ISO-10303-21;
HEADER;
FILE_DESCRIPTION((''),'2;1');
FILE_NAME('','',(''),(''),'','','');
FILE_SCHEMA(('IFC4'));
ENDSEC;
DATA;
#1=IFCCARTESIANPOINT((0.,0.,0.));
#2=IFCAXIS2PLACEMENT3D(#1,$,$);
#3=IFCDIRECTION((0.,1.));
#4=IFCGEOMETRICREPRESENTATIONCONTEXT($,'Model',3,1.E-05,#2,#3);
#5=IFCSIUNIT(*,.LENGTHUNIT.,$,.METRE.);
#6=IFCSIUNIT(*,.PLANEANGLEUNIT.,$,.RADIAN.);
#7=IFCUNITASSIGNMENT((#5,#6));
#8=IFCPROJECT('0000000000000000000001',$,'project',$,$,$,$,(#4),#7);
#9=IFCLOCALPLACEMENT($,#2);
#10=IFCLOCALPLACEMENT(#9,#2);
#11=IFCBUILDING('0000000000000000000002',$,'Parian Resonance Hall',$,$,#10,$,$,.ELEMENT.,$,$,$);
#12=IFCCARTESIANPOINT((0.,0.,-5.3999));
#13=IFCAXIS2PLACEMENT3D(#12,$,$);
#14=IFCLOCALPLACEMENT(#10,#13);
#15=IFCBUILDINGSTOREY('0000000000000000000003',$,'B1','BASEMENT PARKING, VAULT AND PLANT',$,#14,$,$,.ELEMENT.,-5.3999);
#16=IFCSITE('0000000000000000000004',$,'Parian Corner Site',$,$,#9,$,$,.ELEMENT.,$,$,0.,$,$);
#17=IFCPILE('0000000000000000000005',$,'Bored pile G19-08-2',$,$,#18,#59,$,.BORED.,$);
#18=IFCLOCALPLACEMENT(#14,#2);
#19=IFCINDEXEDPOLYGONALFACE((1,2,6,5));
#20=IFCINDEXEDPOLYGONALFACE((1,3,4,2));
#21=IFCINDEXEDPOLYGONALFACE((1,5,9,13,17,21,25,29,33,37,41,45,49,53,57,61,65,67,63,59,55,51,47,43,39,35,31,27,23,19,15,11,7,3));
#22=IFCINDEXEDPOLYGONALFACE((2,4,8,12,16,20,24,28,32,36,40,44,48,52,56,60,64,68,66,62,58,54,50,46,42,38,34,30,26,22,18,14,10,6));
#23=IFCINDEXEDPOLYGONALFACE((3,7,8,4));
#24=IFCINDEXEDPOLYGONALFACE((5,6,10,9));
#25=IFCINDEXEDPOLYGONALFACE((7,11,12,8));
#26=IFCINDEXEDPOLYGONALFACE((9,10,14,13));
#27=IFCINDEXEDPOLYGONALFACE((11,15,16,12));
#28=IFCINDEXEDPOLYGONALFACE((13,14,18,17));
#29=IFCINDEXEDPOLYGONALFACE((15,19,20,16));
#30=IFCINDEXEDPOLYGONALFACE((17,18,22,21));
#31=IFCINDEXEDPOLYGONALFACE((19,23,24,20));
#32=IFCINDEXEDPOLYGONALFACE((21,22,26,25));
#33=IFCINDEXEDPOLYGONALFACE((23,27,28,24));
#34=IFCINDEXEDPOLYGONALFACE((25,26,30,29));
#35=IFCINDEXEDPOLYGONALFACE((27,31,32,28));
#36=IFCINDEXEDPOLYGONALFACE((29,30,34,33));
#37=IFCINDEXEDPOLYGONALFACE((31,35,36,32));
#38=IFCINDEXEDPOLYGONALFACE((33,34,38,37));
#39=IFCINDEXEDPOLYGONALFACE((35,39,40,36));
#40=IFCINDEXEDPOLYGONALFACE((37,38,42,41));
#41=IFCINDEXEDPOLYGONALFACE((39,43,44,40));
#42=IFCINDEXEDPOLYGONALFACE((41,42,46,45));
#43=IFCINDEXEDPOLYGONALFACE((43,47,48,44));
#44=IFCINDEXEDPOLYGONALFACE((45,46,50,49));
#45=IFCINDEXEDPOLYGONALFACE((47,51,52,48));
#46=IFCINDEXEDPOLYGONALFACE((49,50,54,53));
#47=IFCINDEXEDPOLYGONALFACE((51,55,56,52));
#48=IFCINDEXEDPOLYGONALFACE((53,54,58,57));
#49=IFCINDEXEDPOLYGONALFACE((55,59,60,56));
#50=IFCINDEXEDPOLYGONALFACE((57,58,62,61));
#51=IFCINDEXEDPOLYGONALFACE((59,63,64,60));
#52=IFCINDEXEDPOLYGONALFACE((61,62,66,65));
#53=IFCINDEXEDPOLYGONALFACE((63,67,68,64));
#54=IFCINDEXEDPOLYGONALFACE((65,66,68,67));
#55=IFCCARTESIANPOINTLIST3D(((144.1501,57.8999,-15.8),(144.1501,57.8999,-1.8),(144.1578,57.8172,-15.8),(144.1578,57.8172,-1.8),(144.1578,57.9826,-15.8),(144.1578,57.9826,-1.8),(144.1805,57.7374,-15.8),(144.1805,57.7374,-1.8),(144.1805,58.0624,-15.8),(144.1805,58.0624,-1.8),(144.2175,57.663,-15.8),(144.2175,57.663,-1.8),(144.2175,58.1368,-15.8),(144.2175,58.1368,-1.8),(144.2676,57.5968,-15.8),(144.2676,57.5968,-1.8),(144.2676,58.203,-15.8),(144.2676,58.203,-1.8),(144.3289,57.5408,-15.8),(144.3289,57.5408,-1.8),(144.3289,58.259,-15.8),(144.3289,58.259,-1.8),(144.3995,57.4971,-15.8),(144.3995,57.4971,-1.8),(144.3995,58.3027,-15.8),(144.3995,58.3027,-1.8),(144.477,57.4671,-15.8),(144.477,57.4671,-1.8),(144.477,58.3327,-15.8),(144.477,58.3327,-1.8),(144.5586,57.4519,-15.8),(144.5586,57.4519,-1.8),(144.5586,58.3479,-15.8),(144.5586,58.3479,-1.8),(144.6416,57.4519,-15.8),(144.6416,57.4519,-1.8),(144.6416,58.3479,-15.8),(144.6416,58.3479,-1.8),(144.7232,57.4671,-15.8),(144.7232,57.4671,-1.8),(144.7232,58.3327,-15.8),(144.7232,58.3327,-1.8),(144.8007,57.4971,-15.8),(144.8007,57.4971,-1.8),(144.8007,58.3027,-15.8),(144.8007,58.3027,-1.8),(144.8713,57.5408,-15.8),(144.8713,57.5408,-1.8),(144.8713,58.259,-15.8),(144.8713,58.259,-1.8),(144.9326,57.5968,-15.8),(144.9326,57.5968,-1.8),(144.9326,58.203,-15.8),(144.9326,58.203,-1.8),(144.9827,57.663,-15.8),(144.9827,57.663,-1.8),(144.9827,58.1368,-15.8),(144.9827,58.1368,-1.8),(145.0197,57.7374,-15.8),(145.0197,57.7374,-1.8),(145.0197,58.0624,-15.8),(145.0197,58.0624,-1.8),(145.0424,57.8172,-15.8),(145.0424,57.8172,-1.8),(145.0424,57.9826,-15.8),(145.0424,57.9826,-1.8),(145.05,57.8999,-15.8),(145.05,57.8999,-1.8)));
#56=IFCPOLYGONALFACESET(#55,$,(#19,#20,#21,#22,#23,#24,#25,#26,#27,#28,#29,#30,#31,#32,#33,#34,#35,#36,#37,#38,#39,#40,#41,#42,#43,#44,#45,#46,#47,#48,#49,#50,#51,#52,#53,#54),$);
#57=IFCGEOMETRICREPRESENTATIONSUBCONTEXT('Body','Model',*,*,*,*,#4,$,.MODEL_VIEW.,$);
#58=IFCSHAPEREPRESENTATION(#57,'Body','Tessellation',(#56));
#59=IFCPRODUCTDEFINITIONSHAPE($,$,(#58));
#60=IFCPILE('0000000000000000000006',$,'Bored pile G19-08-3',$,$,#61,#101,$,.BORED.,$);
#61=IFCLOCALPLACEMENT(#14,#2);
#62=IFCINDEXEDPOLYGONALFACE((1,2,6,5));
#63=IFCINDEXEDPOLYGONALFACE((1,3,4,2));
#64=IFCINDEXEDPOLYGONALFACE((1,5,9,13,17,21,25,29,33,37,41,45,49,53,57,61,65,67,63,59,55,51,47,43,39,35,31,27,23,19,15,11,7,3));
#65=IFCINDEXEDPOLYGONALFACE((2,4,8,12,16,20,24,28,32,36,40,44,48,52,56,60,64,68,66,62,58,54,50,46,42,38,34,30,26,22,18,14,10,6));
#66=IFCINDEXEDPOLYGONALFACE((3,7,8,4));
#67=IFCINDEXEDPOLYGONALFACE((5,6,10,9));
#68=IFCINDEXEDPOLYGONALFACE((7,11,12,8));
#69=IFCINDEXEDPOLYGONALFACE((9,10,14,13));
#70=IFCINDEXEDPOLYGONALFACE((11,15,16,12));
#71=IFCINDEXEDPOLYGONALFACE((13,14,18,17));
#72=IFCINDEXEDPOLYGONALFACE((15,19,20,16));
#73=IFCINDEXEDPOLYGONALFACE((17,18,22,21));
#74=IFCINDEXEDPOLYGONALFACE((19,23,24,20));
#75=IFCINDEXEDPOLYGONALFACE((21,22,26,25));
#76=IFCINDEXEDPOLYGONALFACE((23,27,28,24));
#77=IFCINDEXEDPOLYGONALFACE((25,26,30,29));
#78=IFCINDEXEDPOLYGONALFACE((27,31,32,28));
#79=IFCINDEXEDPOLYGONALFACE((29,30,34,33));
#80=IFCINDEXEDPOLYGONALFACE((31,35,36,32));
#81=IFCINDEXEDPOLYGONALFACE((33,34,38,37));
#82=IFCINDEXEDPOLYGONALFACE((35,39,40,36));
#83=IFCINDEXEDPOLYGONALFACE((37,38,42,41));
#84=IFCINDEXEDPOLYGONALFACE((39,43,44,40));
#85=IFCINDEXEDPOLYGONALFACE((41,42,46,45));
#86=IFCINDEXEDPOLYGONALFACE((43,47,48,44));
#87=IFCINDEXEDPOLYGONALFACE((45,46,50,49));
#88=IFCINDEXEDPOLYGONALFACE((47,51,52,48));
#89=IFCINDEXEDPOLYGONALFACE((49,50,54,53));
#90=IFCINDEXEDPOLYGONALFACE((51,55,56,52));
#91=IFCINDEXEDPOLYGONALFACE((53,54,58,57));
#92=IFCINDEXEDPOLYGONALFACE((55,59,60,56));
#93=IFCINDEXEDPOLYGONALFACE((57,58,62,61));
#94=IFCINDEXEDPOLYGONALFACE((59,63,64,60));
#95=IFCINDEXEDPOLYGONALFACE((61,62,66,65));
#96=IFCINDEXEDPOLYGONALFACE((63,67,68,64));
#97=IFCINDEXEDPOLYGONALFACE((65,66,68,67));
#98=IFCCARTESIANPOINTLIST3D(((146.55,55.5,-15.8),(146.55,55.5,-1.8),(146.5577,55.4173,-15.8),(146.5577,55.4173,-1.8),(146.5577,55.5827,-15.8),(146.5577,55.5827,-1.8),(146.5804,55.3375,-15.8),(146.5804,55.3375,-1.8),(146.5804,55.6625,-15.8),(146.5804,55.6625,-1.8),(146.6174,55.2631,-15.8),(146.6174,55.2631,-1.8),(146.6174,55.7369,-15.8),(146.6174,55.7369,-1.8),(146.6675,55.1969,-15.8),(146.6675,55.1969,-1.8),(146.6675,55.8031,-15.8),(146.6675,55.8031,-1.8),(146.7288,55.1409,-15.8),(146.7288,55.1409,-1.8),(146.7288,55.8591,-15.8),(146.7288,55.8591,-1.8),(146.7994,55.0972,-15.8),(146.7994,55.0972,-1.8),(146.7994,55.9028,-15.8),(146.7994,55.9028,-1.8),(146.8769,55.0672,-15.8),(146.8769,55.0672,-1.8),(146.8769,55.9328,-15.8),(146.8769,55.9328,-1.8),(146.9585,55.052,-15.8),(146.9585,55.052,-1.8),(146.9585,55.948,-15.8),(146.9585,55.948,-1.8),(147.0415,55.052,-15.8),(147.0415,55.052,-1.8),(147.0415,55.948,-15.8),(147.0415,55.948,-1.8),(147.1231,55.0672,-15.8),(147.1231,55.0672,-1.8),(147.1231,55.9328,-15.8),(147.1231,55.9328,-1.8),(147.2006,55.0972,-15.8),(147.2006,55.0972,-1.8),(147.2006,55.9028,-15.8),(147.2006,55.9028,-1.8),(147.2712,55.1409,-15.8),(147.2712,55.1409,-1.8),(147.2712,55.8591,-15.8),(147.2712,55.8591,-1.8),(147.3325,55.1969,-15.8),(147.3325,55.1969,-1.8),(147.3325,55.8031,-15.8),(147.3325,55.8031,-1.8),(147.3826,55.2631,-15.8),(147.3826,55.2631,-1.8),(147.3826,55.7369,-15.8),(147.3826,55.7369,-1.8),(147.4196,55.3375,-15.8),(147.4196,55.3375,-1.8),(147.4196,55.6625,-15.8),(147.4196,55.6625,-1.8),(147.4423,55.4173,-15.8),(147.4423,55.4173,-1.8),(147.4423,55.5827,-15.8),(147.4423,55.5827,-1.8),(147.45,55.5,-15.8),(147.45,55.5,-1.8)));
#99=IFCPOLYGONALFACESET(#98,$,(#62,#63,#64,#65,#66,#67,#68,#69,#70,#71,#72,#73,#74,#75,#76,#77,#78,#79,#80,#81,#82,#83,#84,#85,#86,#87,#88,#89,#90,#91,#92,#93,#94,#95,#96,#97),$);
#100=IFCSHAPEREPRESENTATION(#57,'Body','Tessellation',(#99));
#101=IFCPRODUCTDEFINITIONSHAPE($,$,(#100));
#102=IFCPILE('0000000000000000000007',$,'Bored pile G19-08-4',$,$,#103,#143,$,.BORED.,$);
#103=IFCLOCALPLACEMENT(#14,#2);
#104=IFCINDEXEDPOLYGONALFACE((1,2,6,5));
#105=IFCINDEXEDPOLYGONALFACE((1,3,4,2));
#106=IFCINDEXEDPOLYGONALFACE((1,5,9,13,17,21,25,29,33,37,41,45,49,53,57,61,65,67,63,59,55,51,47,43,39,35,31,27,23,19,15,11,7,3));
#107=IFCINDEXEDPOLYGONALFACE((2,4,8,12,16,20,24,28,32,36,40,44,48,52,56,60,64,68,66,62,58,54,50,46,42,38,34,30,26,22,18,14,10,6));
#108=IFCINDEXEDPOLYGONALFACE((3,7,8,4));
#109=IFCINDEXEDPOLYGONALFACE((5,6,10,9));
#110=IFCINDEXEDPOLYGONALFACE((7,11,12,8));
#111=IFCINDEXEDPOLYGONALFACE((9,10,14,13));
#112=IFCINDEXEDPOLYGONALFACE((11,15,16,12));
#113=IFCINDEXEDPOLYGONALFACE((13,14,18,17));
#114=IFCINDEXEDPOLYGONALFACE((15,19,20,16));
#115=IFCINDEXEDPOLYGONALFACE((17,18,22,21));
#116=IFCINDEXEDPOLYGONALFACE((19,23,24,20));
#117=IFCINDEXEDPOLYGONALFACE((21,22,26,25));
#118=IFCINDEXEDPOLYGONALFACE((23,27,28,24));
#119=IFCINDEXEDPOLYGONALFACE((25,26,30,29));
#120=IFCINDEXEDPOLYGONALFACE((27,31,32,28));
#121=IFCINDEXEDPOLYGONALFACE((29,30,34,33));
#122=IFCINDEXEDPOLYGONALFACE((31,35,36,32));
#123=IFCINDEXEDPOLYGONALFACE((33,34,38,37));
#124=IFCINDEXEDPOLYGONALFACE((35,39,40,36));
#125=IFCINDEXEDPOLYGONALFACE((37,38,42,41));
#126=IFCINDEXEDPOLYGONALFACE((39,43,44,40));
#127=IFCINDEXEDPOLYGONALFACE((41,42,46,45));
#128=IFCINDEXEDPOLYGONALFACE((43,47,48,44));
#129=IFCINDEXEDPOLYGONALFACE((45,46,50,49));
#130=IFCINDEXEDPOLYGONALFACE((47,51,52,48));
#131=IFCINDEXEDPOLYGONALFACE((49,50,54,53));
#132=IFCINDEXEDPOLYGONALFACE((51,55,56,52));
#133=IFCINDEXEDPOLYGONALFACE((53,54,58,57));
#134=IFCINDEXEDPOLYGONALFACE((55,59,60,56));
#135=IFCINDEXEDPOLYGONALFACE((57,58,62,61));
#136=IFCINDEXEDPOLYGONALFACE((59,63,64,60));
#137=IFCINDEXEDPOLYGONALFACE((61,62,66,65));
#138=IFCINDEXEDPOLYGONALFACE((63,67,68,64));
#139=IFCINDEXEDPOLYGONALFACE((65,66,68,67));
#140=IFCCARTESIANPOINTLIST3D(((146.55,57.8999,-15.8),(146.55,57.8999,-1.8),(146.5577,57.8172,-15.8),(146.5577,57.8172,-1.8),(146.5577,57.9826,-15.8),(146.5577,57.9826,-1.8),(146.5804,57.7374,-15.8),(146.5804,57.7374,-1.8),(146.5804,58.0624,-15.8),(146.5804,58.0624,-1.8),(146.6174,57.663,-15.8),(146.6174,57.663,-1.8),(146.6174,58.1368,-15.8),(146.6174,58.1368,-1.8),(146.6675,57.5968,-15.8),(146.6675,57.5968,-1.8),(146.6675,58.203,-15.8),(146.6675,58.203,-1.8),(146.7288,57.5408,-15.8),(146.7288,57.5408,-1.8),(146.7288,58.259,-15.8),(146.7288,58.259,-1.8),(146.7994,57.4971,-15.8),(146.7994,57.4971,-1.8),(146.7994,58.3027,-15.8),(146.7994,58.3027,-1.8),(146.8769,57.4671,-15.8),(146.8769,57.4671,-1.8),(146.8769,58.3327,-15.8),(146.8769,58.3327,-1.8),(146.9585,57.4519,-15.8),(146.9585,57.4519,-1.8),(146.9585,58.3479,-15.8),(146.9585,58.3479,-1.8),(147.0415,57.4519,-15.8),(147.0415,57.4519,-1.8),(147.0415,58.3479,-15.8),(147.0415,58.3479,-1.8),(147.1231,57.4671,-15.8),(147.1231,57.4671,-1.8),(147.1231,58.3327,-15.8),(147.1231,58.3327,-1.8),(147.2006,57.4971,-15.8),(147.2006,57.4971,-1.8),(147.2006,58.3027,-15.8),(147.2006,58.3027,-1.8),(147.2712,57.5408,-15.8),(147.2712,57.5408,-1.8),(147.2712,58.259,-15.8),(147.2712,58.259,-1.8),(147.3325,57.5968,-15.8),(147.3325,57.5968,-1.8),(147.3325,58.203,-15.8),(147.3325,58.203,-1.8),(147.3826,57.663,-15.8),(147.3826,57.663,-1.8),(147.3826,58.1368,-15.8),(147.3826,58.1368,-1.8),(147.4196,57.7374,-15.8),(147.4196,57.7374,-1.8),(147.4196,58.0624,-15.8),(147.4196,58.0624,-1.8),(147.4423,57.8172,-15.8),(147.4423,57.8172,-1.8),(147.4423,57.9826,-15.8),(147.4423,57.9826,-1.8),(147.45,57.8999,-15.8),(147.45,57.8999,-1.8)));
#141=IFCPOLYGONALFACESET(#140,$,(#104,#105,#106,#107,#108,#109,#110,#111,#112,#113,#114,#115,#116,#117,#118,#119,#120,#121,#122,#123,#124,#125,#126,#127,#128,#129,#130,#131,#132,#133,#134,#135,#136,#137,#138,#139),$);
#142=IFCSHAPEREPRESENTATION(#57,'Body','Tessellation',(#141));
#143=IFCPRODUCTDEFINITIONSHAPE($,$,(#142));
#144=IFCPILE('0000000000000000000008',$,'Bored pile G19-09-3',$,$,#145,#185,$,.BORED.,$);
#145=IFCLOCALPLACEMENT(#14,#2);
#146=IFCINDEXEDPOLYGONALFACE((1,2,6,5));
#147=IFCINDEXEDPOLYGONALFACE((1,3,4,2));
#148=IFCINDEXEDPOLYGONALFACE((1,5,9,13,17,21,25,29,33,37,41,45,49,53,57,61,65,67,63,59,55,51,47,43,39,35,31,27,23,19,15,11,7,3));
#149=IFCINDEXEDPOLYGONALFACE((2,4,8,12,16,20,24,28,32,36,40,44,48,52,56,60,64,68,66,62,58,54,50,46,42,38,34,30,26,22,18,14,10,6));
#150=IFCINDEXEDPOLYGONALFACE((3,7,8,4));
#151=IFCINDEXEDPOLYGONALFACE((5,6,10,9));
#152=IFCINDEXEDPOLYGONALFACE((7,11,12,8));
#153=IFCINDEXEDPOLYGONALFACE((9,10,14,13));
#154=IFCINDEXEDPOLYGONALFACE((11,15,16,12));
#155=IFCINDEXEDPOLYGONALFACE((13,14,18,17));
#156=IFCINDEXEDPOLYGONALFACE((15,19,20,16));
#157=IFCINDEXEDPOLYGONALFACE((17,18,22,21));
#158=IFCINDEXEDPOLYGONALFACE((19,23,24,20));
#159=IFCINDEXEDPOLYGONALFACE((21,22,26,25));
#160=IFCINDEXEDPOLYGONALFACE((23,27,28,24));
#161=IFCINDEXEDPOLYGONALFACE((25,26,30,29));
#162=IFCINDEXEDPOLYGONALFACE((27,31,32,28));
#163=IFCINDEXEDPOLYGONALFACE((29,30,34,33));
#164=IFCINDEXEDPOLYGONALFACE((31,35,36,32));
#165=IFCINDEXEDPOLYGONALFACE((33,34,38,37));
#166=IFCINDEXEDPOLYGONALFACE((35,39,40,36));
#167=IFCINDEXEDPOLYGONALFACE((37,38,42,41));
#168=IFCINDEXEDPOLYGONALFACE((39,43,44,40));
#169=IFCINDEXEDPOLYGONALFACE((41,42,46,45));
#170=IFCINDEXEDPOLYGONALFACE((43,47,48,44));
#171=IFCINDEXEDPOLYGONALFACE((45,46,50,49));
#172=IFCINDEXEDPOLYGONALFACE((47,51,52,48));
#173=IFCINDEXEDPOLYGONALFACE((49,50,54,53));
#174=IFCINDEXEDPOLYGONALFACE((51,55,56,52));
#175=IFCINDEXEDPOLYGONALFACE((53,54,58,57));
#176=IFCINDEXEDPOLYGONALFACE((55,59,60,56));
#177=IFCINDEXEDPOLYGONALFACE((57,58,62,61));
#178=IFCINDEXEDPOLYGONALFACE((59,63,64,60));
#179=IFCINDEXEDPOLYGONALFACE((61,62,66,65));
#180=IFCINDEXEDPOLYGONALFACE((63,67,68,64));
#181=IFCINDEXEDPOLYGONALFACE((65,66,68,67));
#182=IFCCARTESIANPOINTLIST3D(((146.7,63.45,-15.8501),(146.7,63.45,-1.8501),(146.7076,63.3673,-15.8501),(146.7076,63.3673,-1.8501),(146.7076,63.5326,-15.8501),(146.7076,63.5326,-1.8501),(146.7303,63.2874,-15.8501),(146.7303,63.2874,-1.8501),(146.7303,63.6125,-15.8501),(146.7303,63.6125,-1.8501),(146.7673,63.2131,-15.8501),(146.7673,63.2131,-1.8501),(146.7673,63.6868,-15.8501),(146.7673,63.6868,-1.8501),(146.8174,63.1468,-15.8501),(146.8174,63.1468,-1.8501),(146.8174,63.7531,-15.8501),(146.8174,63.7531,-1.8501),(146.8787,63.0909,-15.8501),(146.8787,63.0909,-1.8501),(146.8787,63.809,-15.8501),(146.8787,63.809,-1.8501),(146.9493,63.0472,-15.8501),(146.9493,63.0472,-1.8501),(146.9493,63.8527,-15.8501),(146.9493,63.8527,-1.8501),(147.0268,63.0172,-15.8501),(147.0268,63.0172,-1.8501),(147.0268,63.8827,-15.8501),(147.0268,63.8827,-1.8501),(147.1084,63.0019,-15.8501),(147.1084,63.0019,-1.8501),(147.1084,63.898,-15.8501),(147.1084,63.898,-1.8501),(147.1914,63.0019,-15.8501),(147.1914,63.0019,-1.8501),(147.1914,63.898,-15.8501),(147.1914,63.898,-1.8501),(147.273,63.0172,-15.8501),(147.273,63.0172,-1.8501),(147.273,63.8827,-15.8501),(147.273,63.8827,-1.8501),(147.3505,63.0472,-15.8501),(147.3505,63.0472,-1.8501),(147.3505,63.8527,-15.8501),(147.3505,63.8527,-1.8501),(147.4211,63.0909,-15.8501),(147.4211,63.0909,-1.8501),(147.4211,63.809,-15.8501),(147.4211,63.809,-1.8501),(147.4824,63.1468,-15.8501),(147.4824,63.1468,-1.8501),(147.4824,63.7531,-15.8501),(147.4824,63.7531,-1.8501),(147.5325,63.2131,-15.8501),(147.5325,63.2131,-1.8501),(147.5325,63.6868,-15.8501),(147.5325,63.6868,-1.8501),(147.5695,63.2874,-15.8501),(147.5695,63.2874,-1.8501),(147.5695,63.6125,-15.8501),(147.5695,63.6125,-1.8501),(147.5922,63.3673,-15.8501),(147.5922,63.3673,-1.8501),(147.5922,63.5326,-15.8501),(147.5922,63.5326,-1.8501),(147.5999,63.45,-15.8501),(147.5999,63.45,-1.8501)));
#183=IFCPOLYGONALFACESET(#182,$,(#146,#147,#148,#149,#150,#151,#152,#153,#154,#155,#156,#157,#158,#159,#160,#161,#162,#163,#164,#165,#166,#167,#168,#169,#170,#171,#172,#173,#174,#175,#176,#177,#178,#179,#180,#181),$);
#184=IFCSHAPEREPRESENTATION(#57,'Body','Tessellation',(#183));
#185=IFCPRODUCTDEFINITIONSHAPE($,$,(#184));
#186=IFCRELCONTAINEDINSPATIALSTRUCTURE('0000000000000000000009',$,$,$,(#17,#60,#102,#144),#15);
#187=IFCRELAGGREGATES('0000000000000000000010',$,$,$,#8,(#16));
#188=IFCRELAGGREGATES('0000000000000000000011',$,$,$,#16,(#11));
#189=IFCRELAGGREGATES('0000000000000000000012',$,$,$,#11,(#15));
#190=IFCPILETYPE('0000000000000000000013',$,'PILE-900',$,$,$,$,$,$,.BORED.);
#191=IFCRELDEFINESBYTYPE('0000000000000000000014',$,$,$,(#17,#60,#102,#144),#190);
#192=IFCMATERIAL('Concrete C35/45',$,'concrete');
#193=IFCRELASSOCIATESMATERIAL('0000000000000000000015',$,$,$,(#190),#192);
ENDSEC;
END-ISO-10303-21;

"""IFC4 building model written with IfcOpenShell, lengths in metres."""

from ifc_helpers import new_model, si_unit, direction, frame, origin, origin_2d, place, context, subcontext, project, spatial, circle, extrude, material, material_profile, profile_set, type_object, element, save


model = new_model("IFC4")

# Units and contexts
model_context = context("Model", 3, precision=1e-05, world=origin(), true_north=direction((0.0, 1.0)))
body_context = subcontext(model_context, "Body", "Model", "MODEL_VIEW")
ifc_project = project(units=[si_unit("LENGTHUNIT", "METRE"), si_unit("PLANEANGLEUNIT", "RADIAN")], contexts=[model_context])

# Site, building, storey
site_placement = place(None, origin())
site = spatial("IfcSite", under=ifc_project, at=site_placement, Name="Parian Corner Site", CompositionType="ELEMENT", RefElevation=0.0)
building_placement = place(site_placement, origin())
building = spatial("IfcBuilding", under=site, at=building_placement, Name="Parian Resonance Hall", CompositionType="ELEMENT")
storey_placement = place(building_placement, frame((0.0, 0.0, -5.3999)))
storey = spatial("IfcBuildingStorey", under=building, at=storey_placement, Name="B1", Description="BASEMENT PARKING, VAULT AND PLANT", CompositionType="ELEMENT", Elevation=-5.3999)

# Piles
ifc_material_1 = material(Name="Concrete C35/45", Category="concrete")
ifc_material_profile_1 = material_profile(ifc_material_1, circle(Radius=0.45, at=origin_2d()), Name="PILE-D900")
ifc_profile_set_1 = profile_set([ifc_material_profile_1], Name="Concrete C35/45")
pile_type_1 = type_object("IfcPileType", Name="PILE-900", PredefinedType="BORED", material=ifc_profile_set_1)
for number, where, z_axis, x_axis, name in (
    (1, (144.6001, 57.8999, -1.8), (0.0, 0.0, -1.0), (1.0, 0.0, 0.0), "Bored pile G19-08-2"),
    (2, (147.0, 55.5, -1.8), (0.0, 0.0, -1.0), (1.0, 0.0, 0.0), "Bored pile G19-08-3"),
    (3, (147.0, 57.8999, -1.8), (0.0, 0.0, -1.0), (1.0, 0.0, 0.0), "Bored pile G19-08-4"),
    (4, (147.1499, 63.45, -1.8501), (0.0, 0.0, -1.0), (1.0, 0.0, 0.0), "Bored pile G19-09-3"),
):
    element("IfcPile", number, at=place(storey_placement, frame(where, z_axis=z_axis, x_axis=x_axis)), inside=storey, type_object=pile_type_1, Name=name, PredefinedType="BORED", context=body_context, shape_type="SweptSolid", body=[
        extrude(circle(Radius=0.45, at=origin_2d()), origin(), (0.0, 0.0, 1.0), 14.0),
    ])

save(model, "model.ifc")
